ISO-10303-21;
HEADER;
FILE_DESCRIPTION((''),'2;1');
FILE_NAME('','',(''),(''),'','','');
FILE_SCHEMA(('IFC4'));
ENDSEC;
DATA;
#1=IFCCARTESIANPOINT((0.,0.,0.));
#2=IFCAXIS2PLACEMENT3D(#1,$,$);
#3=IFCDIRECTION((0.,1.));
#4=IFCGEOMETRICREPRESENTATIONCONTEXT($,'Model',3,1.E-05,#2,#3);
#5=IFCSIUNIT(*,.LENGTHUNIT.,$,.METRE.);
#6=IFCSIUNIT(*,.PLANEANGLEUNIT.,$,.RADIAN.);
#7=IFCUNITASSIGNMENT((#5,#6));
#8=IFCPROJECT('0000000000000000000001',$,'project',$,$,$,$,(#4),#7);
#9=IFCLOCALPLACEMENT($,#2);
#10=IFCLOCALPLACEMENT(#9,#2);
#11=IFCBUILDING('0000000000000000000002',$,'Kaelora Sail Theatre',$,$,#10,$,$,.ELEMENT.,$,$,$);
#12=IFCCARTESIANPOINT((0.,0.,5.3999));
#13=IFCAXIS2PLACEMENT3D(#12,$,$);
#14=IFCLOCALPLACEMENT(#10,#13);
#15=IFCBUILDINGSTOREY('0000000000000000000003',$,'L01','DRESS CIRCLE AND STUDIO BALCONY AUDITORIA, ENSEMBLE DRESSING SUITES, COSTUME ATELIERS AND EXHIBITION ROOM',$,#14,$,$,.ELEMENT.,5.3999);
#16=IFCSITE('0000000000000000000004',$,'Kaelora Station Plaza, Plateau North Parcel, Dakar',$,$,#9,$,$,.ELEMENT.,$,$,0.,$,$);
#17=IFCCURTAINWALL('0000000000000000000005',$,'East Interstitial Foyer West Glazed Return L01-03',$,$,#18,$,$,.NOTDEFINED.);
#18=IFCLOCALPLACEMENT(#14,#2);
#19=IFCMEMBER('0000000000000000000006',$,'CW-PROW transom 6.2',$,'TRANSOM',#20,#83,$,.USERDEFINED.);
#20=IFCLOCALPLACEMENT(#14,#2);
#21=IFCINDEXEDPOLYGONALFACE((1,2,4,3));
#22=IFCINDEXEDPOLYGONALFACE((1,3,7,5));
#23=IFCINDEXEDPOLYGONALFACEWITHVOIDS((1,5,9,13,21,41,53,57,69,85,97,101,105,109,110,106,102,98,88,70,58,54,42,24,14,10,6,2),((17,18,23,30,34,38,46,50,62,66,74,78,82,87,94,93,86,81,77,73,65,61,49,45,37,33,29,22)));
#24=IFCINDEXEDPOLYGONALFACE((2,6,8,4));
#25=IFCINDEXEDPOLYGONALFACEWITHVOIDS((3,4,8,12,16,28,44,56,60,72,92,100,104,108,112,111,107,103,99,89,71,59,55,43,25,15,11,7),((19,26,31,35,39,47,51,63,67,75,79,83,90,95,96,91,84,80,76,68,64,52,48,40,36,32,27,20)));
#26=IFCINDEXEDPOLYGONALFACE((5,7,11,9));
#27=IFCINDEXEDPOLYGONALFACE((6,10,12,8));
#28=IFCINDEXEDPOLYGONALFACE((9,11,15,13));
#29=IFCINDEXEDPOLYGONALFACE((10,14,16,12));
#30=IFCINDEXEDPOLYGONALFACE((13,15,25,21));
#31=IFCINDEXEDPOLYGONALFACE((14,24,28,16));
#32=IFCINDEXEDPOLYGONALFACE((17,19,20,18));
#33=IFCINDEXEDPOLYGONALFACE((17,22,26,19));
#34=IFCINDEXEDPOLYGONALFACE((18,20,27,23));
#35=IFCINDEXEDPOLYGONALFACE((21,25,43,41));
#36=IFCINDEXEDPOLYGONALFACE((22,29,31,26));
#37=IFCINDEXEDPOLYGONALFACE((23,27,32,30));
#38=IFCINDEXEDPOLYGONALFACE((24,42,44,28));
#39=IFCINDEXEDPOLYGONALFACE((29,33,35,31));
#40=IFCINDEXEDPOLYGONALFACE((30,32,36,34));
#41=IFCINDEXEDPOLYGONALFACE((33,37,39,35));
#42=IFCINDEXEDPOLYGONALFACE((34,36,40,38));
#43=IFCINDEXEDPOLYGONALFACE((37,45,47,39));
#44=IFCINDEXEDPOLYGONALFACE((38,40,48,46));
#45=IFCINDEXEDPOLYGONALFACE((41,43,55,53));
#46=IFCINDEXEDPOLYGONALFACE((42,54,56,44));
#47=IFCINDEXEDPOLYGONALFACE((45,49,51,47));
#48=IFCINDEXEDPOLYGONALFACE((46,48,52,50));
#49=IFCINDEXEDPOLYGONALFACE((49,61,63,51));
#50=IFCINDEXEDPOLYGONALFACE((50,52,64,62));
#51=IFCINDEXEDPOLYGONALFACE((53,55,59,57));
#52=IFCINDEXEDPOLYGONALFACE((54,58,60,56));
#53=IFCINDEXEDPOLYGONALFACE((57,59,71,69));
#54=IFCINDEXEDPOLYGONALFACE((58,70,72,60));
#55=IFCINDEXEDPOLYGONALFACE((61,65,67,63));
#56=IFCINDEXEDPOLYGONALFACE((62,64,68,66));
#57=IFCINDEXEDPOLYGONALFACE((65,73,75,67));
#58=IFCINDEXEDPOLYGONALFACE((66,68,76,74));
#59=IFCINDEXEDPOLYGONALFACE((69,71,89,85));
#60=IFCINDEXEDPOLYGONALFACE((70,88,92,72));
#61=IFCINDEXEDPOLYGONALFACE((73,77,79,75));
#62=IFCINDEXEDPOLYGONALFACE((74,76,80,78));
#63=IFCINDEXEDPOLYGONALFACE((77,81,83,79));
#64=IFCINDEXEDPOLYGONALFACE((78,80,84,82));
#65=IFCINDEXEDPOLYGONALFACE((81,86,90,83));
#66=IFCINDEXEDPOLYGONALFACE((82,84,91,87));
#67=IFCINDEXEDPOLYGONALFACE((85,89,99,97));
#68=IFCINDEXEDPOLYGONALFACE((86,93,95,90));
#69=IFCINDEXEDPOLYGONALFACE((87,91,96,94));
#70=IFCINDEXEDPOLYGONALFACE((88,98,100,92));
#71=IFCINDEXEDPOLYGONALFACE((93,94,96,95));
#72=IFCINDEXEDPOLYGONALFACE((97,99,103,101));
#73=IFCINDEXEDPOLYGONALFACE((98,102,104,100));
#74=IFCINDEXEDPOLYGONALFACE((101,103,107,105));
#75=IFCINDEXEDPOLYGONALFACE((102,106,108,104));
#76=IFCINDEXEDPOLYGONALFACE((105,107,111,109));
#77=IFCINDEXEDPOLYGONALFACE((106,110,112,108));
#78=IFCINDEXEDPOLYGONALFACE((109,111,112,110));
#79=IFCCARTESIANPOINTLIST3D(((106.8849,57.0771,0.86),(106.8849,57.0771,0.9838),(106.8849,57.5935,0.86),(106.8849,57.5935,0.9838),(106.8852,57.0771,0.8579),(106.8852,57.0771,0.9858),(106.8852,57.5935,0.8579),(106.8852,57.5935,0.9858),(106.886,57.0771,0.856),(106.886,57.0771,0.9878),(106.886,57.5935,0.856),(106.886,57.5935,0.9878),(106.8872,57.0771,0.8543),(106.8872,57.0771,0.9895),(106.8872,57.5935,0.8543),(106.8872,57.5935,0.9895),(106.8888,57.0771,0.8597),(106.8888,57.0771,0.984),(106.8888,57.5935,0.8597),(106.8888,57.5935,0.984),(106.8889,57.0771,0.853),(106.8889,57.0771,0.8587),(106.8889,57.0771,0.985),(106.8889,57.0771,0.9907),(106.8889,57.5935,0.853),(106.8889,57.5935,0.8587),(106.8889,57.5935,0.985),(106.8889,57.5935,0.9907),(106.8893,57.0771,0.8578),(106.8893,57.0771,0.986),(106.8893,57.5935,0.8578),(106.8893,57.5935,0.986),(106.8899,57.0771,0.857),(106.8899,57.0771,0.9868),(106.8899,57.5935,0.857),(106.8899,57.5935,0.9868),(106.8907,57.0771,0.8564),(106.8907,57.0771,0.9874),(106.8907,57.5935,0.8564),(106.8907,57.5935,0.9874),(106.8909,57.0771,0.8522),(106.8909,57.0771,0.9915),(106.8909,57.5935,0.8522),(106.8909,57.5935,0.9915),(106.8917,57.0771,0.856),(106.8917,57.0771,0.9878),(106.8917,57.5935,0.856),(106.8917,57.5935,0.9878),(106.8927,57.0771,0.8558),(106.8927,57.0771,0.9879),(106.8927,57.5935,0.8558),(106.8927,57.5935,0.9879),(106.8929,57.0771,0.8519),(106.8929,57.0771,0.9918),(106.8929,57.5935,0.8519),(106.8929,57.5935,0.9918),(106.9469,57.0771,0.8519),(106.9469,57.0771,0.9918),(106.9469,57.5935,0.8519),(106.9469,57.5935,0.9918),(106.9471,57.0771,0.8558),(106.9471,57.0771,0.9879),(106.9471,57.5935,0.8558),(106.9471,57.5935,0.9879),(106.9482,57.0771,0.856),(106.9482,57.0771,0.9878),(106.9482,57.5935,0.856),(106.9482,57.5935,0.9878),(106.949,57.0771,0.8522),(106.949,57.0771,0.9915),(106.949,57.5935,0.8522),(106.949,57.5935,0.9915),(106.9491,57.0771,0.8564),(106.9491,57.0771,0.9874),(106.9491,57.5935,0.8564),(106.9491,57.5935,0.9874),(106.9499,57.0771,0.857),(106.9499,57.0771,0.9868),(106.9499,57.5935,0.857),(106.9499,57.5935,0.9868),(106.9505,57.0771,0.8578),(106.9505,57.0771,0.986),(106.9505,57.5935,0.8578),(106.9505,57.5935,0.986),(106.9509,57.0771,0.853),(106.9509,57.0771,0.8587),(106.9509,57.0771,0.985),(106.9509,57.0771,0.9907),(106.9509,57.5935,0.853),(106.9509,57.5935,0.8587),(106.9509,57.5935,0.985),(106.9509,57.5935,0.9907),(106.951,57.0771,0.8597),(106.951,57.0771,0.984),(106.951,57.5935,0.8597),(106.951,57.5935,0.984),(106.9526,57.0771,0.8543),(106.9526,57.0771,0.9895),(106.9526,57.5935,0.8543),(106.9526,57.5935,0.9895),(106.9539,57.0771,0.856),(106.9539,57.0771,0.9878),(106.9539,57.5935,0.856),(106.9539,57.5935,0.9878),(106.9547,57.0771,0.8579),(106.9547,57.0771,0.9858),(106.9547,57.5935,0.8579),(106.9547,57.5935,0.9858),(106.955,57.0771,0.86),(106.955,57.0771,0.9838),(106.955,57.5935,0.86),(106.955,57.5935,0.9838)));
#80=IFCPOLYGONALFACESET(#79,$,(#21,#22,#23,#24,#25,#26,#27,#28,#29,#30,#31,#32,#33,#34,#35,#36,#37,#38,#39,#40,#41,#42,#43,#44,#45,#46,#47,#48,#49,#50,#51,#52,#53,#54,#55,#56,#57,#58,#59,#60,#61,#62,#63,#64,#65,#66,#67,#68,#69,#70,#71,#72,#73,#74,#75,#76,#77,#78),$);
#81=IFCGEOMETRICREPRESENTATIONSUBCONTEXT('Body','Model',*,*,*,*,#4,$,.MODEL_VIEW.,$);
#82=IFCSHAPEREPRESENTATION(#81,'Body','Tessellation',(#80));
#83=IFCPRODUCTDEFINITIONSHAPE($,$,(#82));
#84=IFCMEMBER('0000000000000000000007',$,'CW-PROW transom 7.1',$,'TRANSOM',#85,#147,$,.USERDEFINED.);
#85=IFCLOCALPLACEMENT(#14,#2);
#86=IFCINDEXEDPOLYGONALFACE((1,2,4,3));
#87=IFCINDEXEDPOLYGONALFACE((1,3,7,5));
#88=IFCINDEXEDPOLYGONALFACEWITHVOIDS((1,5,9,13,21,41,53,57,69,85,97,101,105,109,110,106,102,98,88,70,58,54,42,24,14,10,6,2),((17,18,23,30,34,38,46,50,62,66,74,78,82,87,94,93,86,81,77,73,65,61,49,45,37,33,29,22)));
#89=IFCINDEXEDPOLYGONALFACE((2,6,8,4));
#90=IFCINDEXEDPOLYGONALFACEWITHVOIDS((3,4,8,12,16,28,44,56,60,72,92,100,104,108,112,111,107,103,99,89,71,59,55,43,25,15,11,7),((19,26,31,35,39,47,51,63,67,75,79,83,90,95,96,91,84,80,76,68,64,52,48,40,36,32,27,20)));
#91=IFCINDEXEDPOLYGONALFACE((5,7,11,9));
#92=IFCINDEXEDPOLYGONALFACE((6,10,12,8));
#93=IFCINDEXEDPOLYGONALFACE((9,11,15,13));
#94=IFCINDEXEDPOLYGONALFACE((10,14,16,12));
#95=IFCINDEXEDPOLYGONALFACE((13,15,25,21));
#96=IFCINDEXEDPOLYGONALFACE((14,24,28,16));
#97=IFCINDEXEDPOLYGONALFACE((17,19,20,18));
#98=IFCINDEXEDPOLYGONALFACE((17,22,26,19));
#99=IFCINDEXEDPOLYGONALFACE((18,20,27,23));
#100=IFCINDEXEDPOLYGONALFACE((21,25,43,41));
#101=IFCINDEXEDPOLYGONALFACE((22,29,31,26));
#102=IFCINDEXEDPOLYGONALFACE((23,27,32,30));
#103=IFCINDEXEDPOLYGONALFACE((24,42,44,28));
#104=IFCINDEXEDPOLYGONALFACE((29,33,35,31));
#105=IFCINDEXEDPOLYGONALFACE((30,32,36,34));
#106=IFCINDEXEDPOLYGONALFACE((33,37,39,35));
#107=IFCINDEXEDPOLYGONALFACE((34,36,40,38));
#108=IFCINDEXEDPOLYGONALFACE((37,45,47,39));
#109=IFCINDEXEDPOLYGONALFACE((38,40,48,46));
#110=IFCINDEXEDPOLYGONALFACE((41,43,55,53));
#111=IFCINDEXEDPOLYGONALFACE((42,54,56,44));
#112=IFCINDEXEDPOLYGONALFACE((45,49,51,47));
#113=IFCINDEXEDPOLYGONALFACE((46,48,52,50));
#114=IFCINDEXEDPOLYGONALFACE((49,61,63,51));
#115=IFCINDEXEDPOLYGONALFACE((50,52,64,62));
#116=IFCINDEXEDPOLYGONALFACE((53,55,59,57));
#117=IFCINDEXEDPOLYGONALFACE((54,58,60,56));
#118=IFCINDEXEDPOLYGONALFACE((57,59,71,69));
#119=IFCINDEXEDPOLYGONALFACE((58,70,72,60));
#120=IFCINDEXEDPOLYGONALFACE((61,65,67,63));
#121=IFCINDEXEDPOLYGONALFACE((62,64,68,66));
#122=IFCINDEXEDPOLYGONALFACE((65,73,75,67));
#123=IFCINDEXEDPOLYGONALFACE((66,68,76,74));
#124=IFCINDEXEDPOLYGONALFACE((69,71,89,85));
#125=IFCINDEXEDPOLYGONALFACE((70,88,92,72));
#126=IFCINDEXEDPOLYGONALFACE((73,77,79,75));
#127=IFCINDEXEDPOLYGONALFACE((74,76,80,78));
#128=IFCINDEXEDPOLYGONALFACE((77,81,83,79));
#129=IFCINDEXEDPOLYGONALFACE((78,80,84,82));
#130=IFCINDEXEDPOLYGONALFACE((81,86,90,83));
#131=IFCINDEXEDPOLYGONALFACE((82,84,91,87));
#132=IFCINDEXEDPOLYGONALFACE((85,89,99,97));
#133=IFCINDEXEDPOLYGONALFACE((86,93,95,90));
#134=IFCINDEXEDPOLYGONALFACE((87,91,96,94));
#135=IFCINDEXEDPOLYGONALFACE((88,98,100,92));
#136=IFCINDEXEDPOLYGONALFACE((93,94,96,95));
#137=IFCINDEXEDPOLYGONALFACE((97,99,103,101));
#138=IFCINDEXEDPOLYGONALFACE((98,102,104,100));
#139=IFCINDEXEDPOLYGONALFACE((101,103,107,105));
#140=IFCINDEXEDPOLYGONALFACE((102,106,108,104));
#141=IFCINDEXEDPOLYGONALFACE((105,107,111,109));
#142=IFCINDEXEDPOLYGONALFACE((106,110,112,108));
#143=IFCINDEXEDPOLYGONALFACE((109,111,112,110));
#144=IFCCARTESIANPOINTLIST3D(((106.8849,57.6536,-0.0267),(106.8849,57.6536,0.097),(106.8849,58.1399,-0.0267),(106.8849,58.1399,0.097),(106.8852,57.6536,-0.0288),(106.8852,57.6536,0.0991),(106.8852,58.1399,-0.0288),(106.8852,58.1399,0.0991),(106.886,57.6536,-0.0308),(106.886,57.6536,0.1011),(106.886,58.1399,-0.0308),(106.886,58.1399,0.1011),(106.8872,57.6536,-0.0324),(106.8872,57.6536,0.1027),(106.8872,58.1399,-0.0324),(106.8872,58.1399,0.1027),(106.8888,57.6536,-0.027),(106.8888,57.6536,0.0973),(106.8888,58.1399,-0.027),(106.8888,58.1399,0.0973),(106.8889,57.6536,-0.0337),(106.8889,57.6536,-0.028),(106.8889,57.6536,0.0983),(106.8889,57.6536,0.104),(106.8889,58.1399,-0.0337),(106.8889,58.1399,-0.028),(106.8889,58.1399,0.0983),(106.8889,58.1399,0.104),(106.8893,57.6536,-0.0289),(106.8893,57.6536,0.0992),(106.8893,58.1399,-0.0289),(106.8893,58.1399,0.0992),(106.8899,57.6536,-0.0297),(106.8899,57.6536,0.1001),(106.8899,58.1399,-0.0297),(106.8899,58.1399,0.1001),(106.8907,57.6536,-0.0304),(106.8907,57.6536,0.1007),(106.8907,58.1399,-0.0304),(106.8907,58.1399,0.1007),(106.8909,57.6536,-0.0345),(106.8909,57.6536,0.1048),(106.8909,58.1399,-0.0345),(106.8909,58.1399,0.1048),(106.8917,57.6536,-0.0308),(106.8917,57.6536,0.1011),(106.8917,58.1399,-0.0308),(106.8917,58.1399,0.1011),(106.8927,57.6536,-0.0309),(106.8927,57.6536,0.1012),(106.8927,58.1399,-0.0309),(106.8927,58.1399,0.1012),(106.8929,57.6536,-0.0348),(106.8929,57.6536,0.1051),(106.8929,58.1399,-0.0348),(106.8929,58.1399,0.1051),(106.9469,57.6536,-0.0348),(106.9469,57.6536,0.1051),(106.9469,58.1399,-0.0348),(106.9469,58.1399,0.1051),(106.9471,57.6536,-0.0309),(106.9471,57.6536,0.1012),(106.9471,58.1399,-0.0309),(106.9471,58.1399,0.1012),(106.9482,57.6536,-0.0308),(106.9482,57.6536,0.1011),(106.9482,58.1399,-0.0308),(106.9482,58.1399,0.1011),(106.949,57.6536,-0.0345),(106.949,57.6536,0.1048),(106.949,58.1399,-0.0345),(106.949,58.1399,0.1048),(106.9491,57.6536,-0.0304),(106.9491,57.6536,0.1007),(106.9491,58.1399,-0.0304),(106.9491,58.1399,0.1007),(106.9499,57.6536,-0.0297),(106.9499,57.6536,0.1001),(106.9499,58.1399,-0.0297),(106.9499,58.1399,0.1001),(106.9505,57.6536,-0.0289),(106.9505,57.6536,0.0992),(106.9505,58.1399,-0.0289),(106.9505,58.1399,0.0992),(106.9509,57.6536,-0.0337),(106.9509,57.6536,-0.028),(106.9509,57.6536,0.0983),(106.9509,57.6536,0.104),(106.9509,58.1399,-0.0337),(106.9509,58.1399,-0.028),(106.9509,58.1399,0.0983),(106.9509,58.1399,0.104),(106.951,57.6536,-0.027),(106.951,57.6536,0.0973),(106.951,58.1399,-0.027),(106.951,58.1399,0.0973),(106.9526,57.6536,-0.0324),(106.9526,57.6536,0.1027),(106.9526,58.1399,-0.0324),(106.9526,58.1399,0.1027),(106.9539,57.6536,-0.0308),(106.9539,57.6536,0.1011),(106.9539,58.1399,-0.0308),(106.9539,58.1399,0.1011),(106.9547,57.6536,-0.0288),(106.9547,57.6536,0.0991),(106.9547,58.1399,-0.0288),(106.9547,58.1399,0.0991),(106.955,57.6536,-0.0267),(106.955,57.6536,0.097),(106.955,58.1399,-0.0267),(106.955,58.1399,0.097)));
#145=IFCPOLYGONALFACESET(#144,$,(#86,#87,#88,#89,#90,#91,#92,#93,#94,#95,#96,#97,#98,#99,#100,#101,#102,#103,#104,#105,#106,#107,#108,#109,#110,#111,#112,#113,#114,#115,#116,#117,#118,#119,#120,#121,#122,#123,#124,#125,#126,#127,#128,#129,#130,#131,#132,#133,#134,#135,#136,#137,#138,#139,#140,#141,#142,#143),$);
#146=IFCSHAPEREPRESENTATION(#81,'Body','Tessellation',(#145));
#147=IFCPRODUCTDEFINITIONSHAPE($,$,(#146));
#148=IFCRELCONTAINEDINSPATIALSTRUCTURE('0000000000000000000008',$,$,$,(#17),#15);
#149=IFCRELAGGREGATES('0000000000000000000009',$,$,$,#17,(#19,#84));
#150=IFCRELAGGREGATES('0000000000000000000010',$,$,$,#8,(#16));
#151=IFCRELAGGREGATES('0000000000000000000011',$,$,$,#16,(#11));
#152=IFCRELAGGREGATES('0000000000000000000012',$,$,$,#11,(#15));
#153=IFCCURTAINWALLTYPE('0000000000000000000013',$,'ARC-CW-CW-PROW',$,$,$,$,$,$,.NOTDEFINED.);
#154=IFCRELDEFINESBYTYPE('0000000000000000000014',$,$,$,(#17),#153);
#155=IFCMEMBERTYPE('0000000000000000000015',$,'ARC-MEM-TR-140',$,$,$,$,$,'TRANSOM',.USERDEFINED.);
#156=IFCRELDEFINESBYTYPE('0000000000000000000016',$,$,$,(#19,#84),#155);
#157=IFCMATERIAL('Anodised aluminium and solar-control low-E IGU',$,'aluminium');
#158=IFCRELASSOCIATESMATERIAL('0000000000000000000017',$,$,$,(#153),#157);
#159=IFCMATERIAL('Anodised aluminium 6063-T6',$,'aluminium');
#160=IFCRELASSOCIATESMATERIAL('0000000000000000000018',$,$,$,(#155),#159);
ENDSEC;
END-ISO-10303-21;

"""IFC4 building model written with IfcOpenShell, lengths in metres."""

from ifc_helpers import new_model, si_unit, direction, frame, origin, origin_2d, place, context, subcontext, project, spatial, hollow_rectangle, extrude, material, material_profile, profile_set, type_object, element, aggregate, save


model = new_model("IFC4")

# Units and contexts
model_context = context("Model", 3, precision=1e-05, world=origin(), true_north=direction((0.0, 1.0)))
body_context = subcontext(model_context, "Body", "Model", "MODEL_VIEW")
ifc_project = project(units=[si_unit("LENGTHUNIT", "METRE"), si_unit("PLANEANGLEUNIT", "RADIAN")], contexts=[model_context])

# Site, building, storey
site_placement = place(None, origin())
site = spatial("IfcSite", under=ifc_project, at=site_placement, Name="Kaelora Station Plaza, Plateau North Parcel, Dakar", CompositionType="ELEMENT", RefElevation=0.0)
building_placement = place(site_placement, origin())
building = spatial("IfcBuilding", under=site, at=building_placement, Name="Kaelora Sail Theatre", CompositionType="ELEMENT")
storey_placement = place(building_placement, frame((0.0, 0.0, 5.3999)))
storey = spatial("IfcBuildingStorey", under=building, at=storey_placement, Name="L01", Description="DRESS CIRCLE AND STUDIO BALCONY AUDITORIA, ENSEMBLE DRESSING SUITES, COSTUME ATELIERS AND EXHIBITION ROOM", CompositionType="ELEMENT", Elevation=5.3999)

# Curtain wall, members
ifc_material_1 = material(Name="Anodised aluminium and solar-control low-E IGU", Category="aluminium")
curtain_wall_type = type_object("IfcCurtainWallType", Name="ARC-CW-CW-PROW", PredefinedType="NOTDEFINED", material=ifc_material_1)
curtain_wall_placement = place(storey_placement, origin())
curtain_wall = element("IfcCurtainWall", 1, at=curtain_wall_placement, inside=storey, type_object=curtain_wall_type, Name="East Interstitial Foyer West Glazed Return L01-03", PredefinedType="NOTDEFINED")
ifc_material_2 = material(Name="Anodised aluminium 6063-T6", Category="aluminium")
ifc_material_profile_1 = material_profile(ifc_material_2, hollow_rectangle(XDim=0.0701, YDim=0.1399, WallThickness=0.0039, InnerFilletRadius=0.0039, OuterFilletRadius=0.0081, at=origin_2d()), Name="ALU-TRAN 70x140x4")
ifc_profile_set_1 = profile_set([ifc_material_profile_1], Name="Anodised aluminium 6063-T6")
member_type_1 = type_object("IfcMemberType", Name="ARC-MEM-TR-140", ElementType="TRANSOM", PredefinedType="USERDEFINED", material=ifc_profile_set_1)
member_1_placement = place(storey_placement, frame((106.9199, 57.0771, 0.9219), z_axis=(0.0, 1.0, 0.0), x_axis=(-1.0, 0.0, 0.0)))
member_1 = element("IfcMember", 2, at=member_1_placement, type_object=member_type_1, Name="CW-PROW transom 6.2", ObjectType="TRANSOM", PredefinedType="USERDEFINED", context=body_context, shape_type="SweptSolid", body=[
    extrude(hollow_rectangle(XDim=0.0701, YDim=0.1399, WallThickness=0.0039, InnerFilletRadius=0.0039, OuterFilletRadius=0.0081, at=origin_2d()), origin(), (0.0, 0.0, 1.0), 0.5164),
])
member_2_placement = place(storey_placement, frame((106.9199, 57.6536, 0.0352), z_axis=(0.0, 1.0, 0.0), x_axis=(-1.0, 0.0, 0.0)))
member_2 = element("IfcMember", 3, at=member_2_placement, type_object=member_type_1, Name="CW-PROW transom 7.1", ObjectType="TRANSOM", PredefinedType="USERDEFINED", context=body_context, shape_type="SweptSolid", body=[
    extrude(hollow_rectangle(XDim=0.0701, YDim=0.1399, WallThickness=0.0039, InnerFilletRadius=0.0039, OuterFilletRadius=0.0081, at=origin_2d()), origin(), (0.0, 0.0, 1.0), 0.4863),
])
aggregate(curtain_wall, [member_1, member_2])

save(model, "model.ifc")
